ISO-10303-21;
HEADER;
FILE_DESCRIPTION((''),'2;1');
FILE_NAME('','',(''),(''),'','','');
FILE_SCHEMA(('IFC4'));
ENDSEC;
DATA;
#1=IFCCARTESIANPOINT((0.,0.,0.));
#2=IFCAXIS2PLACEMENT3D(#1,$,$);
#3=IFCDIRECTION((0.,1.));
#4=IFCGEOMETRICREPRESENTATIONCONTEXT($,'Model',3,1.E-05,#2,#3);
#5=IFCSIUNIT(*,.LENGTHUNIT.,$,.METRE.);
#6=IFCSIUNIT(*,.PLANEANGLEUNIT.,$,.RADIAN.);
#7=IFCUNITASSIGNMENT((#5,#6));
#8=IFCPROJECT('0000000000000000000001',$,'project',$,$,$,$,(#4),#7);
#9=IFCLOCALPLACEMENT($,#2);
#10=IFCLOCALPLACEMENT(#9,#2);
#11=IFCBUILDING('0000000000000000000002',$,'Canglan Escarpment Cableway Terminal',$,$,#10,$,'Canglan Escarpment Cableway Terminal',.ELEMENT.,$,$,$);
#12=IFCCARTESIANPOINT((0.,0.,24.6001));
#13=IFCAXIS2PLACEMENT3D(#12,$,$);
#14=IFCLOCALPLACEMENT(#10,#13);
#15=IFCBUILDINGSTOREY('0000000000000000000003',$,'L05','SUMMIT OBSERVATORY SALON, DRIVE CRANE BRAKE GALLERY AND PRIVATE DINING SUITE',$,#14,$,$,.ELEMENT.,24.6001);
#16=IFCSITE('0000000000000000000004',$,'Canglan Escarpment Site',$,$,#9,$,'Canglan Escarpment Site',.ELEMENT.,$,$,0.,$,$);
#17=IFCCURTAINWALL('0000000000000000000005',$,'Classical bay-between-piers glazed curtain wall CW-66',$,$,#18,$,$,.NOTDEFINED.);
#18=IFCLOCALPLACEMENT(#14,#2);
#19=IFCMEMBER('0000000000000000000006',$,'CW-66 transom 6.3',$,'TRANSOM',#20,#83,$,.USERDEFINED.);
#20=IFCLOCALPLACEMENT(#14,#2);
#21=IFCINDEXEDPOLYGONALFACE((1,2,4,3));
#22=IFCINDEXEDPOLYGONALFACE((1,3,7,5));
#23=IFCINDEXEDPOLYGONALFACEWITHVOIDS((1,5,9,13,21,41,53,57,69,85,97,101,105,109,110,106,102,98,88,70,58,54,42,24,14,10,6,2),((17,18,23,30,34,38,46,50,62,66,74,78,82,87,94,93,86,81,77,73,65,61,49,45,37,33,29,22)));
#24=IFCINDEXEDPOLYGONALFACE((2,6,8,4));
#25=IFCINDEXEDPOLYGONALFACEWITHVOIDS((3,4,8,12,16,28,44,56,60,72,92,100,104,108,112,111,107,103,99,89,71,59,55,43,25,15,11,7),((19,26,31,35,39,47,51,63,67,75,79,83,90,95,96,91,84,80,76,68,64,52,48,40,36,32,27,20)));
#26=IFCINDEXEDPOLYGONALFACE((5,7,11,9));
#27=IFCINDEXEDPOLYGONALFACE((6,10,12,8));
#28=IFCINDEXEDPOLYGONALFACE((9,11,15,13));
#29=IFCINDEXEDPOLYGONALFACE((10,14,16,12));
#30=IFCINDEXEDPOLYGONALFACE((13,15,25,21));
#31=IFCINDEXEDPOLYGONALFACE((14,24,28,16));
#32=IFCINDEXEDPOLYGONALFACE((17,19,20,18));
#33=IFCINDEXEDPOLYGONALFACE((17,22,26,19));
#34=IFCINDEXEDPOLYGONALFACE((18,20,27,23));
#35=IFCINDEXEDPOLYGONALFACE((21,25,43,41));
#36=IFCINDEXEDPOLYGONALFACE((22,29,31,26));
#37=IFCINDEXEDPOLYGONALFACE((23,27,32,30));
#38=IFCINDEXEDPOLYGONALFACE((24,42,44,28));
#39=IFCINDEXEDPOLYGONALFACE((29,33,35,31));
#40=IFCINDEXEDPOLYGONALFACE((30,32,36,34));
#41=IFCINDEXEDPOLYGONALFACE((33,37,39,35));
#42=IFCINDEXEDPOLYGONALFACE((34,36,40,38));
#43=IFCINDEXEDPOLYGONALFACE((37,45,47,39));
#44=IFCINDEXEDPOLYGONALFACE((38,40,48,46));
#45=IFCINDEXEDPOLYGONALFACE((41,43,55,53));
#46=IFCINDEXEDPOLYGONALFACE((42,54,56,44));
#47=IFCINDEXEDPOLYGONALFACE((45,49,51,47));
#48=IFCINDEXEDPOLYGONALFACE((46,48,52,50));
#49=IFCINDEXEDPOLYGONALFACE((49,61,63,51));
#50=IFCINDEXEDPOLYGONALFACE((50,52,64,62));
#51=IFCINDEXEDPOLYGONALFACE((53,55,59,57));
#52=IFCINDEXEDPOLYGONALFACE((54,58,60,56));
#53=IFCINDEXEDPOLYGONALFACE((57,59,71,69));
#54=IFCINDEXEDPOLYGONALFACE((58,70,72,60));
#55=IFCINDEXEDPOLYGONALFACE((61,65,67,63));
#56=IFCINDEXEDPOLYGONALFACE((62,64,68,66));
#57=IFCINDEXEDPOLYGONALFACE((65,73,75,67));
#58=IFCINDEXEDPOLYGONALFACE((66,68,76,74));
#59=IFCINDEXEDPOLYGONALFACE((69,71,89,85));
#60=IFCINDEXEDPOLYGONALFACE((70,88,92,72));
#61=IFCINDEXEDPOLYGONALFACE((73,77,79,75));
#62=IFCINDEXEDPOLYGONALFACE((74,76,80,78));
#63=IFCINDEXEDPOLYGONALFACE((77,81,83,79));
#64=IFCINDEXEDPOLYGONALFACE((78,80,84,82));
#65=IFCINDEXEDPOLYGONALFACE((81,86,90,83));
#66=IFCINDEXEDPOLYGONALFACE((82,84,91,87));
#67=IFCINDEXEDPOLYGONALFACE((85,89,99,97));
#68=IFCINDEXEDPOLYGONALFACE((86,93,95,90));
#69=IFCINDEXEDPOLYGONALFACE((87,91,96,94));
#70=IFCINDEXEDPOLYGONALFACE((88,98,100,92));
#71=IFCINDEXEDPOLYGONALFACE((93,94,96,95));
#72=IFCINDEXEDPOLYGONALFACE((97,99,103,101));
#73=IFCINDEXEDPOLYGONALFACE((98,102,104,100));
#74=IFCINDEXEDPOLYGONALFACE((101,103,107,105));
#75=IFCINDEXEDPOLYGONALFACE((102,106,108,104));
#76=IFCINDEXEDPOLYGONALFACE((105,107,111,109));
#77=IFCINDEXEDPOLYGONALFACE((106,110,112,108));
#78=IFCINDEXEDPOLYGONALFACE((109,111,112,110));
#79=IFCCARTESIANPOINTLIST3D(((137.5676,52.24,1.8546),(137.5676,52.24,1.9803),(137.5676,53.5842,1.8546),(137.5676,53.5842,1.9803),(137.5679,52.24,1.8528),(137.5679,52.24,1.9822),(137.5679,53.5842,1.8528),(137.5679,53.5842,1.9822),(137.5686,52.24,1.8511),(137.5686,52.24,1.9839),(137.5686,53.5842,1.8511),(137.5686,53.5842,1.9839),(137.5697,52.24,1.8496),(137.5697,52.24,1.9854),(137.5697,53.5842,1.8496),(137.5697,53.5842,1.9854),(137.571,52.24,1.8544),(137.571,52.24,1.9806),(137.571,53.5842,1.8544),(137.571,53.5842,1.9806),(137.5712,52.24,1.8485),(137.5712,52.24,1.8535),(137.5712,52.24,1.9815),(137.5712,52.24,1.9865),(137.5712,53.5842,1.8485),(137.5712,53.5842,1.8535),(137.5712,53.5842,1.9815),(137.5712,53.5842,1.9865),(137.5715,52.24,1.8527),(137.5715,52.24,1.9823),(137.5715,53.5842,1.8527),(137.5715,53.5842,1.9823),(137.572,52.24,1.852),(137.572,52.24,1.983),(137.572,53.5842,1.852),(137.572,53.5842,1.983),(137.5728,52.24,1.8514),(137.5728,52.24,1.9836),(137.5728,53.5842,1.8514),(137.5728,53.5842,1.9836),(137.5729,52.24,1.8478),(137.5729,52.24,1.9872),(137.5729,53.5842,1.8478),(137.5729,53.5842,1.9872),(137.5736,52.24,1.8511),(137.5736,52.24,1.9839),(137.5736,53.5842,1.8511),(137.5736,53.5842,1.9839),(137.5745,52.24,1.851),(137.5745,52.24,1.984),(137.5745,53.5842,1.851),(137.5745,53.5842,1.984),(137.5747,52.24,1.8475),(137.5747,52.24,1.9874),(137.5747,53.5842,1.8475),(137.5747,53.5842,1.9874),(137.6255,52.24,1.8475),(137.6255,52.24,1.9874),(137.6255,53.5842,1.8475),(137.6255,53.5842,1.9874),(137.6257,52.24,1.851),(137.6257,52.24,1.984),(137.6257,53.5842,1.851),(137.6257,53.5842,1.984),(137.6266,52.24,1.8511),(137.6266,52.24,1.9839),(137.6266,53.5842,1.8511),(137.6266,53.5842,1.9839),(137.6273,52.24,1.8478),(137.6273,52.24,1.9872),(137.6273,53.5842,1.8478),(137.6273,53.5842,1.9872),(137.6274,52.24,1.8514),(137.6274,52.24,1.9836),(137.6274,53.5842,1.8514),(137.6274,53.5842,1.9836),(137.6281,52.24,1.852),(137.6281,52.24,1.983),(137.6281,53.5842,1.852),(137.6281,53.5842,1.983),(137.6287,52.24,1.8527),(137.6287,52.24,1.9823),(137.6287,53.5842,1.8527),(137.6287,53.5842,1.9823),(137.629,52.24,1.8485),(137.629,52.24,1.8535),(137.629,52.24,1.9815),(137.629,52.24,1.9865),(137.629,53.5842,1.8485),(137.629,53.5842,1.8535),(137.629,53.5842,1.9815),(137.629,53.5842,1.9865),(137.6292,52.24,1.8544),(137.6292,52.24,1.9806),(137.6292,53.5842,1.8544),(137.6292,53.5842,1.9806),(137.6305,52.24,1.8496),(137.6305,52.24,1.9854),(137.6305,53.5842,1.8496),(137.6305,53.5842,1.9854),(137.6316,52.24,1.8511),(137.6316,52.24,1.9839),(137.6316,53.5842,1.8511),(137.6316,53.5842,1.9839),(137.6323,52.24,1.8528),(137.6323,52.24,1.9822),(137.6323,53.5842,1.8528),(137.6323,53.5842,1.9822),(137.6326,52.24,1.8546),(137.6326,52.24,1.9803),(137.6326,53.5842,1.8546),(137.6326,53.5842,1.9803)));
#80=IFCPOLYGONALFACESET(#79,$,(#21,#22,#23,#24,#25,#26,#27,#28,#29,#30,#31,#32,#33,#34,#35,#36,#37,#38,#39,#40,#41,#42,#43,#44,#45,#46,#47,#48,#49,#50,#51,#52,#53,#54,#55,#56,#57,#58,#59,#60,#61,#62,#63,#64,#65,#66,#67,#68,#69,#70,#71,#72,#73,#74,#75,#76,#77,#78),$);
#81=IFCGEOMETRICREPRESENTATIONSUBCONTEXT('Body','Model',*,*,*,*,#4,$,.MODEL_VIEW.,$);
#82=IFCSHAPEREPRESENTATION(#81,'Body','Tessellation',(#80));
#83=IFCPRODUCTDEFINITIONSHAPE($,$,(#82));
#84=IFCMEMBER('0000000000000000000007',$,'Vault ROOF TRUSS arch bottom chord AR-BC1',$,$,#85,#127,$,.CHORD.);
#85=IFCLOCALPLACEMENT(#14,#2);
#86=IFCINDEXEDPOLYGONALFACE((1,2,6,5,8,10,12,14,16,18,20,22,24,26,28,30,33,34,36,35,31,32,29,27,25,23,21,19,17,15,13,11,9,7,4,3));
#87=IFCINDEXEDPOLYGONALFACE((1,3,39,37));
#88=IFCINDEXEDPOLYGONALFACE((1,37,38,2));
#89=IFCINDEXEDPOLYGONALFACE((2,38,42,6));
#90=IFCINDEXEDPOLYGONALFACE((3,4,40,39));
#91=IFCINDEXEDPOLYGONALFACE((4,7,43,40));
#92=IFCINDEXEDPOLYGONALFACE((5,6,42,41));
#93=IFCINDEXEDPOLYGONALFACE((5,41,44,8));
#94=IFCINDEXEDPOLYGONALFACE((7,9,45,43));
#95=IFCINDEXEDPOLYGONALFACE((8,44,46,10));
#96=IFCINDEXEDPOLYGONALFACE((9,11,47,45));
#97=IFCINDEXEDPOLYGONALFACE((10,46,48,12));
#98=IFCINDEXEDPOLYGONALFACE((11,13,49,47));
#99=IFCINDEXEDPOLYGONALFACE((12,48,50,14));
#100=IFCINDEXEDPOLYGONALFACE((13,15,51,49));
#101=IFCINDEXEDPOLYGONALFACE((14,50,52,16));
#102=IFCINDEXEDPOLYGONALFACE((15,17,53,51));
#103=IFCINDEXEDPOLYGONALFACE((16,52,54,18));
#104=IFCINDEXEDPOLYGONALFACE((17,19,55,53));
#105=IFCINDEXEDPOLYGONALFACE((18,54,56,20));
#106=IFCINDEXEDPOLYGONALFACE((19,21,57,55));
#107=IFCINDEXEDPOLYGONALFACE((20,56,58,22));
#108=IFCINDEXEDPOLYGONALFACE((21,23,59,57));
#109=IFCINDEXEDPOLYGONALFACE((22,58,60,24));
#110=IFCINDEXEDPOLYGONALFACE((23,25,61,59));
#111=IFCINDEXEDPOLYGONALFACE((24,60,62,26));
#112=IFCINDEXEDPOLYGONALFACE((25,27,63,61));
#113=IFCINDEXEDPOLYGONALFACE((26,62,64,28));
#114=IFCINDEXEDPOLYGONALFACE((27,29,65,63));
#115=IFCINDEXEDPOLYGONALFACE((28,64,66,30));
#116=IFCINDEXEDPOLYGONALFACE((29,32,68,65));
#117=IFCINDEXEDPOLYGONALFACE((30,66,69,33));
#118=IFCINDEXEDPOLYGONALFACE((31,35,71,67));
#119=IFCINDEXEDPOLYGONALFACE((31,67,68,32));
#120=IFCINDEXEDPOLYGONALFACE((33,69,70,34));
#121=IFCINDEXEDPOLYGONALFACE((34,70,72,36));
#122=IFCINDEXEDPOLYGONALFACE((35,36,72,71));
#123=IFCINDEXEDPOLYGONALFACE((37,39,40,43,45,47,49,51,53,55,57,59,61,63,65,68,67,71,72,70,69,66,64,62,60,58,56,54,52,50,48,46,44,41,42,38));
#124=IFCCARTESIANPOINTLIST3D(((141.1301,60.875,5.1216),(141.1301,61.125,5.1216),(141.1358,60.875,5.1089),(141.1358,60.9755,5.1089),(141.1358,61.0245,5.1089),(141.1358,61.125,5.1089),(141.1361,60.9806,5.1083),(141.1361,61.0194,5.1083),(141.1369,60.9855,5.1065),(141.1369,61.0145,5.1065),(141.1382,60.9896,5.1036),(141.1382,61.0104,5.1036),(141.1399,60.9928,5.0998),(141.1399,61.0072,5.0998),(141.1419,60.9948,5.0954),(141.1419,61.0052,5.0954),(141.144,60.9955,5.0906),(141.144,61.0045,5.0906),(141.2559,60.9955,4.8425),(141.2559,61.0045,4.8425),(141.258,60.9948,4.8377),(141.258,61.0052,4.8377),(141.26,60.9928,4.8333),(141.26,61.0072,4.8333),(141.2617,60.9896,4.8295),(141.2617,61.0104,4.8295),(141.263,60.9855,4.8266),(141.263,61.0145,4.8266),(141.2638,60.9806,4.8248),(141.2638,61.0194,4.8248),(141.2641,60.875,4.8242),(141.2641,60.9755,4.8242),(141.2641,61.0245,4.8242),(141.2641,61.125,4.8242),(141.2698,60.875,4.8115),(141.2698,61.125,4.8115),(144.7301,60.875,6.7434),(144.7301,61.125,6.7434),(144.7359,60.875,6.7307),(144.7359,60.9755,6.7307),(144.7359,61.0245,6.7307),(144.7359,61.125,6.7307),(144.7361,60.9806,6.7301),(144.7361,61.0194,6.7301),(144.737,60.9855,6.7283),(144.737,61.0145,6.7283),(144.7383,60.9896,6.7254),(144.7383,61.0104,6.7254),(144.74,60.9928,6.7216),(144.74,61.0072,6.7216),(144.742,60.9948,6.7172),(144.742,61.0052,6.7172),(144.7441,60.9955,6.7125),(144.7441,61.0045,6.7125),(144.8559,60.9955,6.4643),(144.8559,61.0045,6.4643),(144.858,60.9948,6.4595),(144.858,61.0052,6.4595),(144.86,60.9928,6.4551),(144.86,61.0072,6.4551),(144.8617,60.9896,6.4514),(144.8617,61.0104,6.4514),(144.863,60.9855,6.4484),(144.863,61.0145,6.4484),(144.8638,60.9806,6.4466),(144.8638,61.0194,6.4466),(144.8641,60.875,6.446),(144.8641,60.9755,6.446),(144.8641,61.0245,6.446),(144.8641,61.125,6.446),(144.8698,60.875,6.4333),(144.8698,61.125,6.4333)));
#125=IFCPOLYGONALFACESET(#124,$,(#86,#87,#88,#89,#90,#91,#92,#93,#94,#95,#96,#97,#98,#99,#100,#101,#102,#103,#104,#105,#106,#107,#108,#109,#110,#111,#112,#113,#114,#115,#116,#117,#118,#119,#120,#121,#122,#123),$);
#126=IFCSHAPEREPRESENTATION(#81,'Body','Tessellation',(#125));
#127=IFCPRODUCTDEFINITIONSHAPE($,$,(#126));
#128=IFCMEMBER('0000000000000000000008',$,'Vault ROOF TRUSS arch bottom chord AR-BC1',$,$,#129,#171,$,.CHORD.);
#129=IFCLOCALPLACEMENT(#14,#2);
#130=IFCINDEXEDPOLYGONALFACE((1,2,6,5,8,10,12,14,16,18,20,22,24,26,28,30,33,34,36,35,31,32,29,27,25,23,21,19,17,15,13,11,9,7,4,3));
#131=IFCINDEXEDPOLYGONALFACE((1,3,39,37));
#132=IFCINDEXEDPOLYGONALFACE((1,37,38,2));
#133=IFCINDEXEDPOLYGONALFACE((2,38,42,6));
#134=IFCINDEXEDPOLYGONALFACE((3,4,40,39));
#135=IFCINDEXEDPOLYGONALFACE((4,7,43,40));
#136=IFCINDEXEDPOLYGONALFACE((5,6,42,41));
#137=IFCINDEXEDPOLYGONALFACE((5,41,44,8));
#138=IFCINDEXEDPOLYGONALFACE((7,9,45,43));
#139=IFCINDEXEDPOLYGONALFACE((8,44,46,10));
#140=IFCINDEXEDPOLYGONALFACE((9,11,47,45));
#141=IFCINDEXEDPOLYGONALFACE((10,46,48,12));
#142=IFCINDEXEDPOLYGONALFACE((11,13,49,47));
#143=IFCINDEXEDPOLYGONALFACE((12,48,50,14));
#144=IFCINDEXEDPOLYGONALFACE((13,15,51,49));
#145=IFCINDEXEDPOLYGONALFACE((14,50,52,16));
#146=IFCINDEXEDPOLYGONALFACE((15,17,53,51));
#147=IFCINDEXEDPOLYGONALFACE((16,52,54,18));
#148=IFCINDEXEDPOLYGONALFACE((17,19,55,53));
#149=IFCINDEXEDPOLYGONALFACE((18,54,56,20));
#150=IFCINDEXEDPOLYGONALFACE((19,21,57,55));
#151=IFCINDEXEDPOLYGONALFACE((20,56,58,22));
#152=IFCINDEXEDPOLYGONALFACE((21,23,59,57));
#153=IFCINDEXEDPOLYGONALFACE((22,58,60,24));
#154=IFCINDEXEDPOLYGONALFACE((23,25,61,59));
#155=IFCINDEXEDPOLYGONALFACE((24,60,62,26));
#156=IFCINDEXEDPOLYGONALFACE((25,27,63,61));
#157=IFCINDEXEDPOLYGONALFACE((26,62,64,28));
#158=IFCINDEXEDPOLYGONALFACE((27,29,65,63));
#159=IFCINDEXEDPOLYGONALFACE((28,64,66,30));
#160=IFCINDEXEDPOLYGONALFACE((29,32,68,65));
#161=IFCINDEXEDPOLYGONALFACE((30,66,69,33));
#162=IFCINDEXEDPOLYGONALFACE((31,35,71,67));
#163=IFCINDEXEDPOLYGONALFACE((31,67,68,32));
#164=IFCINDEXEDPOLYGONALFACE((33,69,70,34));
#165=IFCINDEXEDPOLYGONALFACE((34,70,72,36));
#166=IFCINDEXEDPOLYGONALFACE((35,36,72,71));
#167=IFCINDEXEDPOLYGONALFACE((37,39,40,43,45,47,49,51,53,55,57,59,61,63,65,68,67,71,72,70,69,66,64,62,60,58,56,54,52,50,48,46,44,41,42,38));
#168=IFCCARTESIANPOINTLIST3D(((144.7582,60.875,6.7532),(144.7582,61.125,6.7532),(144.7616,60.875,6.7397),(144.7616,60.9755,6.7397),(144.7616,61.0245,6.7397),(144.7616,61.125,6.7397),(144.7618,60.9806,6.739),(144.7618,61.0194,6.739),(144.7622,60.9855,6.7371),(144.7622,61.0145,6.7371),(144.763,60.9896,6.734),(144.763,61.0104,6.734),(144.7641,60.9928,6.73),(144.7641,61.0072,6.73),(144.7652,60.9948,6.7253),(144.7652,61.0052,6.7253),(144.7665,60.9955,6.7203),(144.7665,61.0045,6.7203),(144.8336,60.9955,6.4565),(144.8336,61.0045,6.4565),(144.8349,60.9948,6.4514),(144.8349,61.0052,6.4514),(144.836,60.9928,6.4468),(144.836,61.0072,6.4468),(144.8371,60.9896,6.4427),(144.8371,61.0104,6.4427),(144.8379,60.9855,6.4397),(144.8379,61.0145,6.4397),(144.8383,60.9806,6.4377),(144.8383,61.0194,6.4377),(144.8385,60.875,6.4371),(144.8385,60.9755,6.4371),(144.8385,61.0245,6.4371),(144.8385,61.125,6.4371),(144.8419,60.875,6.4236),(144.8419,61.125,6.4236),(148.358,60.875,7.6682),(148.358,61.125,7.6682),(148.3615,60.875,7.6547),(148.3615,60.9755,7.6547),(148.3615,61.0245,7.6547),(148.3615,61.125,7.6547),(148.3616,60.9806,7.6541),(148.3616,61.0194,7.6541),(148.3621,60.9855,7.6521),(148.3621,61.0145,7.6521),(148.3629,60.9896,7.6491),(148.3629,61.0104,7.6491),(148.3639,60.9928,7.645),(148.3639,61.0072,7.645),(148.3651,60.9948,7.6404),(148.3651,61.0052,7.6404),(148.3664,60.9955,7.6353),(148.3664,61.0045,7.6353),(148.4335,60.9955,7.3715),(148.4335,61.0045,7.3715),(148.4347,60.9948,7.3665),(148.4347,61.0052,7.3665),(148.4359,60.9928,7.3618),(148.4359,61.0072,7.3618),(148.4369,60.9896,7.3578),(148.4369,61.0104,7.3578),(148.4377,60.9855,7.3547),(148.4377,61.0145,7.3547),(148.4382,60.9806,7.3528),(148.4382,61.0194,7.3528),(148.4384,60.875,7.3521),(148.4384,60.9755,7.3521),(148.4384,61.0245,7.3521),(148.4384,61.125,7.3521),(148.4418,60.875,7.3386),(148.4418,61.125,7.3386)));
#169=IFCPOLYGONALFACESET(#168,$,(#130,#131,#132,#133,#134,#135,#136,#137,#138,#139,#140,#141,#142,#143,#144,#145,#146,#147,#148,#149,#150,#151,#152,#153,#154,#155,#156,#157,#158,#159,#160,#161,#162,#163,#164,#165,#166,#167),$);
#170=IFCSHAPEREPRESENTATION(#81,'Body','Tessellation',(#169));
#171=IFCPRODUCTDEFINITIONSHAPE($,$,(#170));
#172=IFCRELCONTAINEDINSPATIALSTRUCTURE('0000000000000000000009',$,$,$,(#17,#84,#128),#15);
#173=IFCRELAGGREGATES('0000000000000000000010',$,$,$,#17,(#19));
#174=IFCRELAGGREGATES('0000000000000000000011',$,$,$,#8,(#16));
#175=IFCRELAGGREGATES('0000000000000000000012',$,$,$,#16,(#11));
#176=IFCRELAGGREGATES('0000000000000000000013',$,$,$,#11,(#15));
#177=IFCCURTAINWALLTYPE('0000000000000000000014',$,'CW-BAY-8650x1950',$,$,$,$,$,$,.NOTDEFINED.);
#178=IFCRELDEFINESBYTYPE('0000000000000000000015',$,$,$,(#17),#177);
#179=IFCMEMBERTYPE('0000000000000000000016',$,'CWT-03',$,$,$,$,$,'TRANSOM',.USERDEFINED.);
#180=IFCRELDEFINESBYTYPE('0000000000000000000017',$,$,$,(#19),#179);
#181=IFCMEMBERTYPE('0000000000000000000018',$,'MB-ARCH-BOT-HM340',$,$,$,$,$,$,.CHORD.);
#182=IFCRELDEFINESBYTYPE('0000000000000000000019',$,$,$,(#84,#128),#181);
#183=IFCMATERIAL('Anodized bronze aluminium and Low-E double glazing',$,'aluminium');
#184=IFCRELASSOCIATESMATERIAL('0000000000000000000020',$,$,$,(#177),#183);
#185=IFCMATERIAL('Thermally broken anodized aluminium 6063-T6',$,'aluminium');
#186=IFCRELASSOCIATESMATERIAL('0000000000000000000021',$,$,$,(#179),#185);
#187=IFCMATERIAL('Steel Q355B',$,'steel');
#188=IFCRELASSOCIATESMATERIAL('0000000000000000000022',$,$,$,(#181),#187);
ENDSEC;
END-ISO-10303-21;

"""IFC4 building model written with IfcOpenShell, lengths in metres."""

from ifc_helpers import new_model, si_unit, direction, frame, origin, origin_2d, place, context, subcontext, project, spatial, hollow_rectangle, i_section, extrude, material, material_profile, profile_set, type_object, element, aggregate, save


model = new_model("IFC4")

# Units and contexts
model_context = context("Model", 3, precision=1e-05, world=origin(), true_north=direction((0.0, 1.0)))
body_context = subcontext(model_context, "Body", "Model", "MODEL_VIEW")
ifc_project = project(units=[si_unit("LENGTHUNIT", "METRE"), si_unit("PLANEANGLEUNIT", "RADIAN")], contexts=[model_context])

# Site, building, storey
site_placement = place(None, origin())
site = spatial("IfcSite", under=ifc_project, at=site_placement, Name="Canglan Escarpment Site", LongName="Canglan Escarpment Site", CompositionType="ELEMENT", RefElevation=0.0)
building_placement = place(site_placement, origin())
building = spatial("IfcBuilding", under=site, at=building_placement, Name="Canglan Escarpment Cableway Terminal", LongName="Canglan Escarpment Cableway Terminal", CompositionType="ELEMENT")
storey_placement = place(building_placement, frame((0.0, 0.0, 24.6001)))
storey = spatial("IfcBuildingStorey", under=building, at=storey_placement, Name="L05", Description="SUMMIT OBSERVATORY SALON, DRIVE CRANE BRAKE GALLERY AND PRIVATE DINING SUITE", CompositionType="ELEMENT", Elevation=24.6001)

# Shared definitions
ifc_material_1 = material(Name="Steel Q355B", Category="steel")

# Curtain wall, member
ifc_material_2 = material(Name="Anodized bronze aluminium and Low-E double glazing", Category="aluminium")
curtain_wall_type = type_object("IfcCurtainWallType", Name="CW-BAY-8650x1950", PredefinedType="NOTDEFINED", material=ifc_material_2)
curtain_wall_placement = place(storey_placement, origin())
curtain_wall = element("IfcCurtainWall", 1, at=curtain_wall_placement, inside=storey, type_object=curtain_wall_type, Name="Classical bay-between-piers glazed curtain wall CW-66", PredefinedType="NOTDEFINED")
ifc_material_3 = material(Name="Thermally broken anodized aluminium 6063-T6", Category="aluminium")
ifc_material_profile_1 = material_profile(ifc_material_3, hollow_rectangle(XDim=0.0649, YDim=0.1399, WallThickness=0.0034, InnerFilletRadius=0.0034, OuterFilletRadius=0.0071, at=origin_2d()), Name="ALU-TRAN 65x140x3.5")
ifc_profile_set_1 = profile_set([ifc_material_profile_1], Name="Thermally broken anodized aluminium 6063-T6")
member_type_1 = type_object("IfcMemberType", Name="CWT-03", ElementType="TRANSOM", PredefinedType="USERDEFINED", material=ifc_profile_set_1)
member_1_placement = place(storey_placement, frame((137.6001, 53.5842, 1.9175), z_axis=(0.0, -1.0, 0.0), x_axis=(1.0, 0.0, 0.0)))
member_1 = element("IfcMember", 2, at=member_1_placement, type_object=member_type_1, Name="CW-66 transom 6.3", ObjectType="TRANSOM", PredefinedType="USERDEFINED", context=body_context, shape_type="SweptSolid", body=[
    extrude(hollow_rectangle(XDim=0.0649, YDim=0.1399, WallThickness=0.0034, InnerFilletRadius=0.0034, OuterFilletRadius=0.0071, at=origin_2d()), origin(), (0.0, 0.0, 1.0), 1.3442),
])

# Members
ifc_material_profile_2 = material_profile(ifc_material_1, i_section(OverallWidth=0.25, OverallDepth=0.3401, WebThickness=0.009, FlangeThickness=0.0139, FilletRadius=0.02, at=origin_2d()), Name="HM 340x250x9x14")
ifc_profile_set_2 = profile_set([ifc_material_profile_2], Name="Steel Q355B")
member_type_2 = type_object("IfcMemberType", Name="MB-ARCH-BOT-HM340", PredefinedType="CHORD", material=ifc_profile_set_2)
member_2_placement = place(storey_placement, frame((141.2, 61.0, 4.9666), z_axis=(0.911753, 0.0, 0.41074), x_axis=(0.0, 1.0, 0.0)))
element("IfcMember", 3, at=member_2_placement, inside=storey, type_object=member_type_2, Name="Vault ROOF TRUSS arch bottom chord AR-BC1", PredefinedType="CHORD", context=body_context, shape_type="SweptSolid", body=[
    extrude(i_section(OverallWidth=0.25, OverallDepth=0.3401, WebThickness=0.009, FlangeThickness=0.0139, FilletRadius=0.02, at=origin_2d()), origin(), (0.0, 0.0, 1.0), 3.9485),
])
member_3_placement = place(storey_placement, frame((144.8, 61.0, 6.5884), z_axis=(0.96918, 0.0, 0.246354), x_axis=(0.0, 1.0, 0.0)))
element("IfcMember", 4, at=member_3_placement, inside=storey, type_object=member_type_2, Name="Vault ROOF TRUSS arch bottom chord AR-BC1", PredefinedType="CHORD", context=body_context, shape_type="SweptSolid", body=[
    extrude(i_section(OverallWidth=0.25, OverallDepth=0.3401, WebThickness=0.009, FlangeThickness=0.0139, FilletRadius=0.02, at=origin_2d()), origin(), (0.0, 0.0, 1.0), 3.7144),
])

aggregate(curtain_wall, [member_1])

save(model, "model.ifc")
